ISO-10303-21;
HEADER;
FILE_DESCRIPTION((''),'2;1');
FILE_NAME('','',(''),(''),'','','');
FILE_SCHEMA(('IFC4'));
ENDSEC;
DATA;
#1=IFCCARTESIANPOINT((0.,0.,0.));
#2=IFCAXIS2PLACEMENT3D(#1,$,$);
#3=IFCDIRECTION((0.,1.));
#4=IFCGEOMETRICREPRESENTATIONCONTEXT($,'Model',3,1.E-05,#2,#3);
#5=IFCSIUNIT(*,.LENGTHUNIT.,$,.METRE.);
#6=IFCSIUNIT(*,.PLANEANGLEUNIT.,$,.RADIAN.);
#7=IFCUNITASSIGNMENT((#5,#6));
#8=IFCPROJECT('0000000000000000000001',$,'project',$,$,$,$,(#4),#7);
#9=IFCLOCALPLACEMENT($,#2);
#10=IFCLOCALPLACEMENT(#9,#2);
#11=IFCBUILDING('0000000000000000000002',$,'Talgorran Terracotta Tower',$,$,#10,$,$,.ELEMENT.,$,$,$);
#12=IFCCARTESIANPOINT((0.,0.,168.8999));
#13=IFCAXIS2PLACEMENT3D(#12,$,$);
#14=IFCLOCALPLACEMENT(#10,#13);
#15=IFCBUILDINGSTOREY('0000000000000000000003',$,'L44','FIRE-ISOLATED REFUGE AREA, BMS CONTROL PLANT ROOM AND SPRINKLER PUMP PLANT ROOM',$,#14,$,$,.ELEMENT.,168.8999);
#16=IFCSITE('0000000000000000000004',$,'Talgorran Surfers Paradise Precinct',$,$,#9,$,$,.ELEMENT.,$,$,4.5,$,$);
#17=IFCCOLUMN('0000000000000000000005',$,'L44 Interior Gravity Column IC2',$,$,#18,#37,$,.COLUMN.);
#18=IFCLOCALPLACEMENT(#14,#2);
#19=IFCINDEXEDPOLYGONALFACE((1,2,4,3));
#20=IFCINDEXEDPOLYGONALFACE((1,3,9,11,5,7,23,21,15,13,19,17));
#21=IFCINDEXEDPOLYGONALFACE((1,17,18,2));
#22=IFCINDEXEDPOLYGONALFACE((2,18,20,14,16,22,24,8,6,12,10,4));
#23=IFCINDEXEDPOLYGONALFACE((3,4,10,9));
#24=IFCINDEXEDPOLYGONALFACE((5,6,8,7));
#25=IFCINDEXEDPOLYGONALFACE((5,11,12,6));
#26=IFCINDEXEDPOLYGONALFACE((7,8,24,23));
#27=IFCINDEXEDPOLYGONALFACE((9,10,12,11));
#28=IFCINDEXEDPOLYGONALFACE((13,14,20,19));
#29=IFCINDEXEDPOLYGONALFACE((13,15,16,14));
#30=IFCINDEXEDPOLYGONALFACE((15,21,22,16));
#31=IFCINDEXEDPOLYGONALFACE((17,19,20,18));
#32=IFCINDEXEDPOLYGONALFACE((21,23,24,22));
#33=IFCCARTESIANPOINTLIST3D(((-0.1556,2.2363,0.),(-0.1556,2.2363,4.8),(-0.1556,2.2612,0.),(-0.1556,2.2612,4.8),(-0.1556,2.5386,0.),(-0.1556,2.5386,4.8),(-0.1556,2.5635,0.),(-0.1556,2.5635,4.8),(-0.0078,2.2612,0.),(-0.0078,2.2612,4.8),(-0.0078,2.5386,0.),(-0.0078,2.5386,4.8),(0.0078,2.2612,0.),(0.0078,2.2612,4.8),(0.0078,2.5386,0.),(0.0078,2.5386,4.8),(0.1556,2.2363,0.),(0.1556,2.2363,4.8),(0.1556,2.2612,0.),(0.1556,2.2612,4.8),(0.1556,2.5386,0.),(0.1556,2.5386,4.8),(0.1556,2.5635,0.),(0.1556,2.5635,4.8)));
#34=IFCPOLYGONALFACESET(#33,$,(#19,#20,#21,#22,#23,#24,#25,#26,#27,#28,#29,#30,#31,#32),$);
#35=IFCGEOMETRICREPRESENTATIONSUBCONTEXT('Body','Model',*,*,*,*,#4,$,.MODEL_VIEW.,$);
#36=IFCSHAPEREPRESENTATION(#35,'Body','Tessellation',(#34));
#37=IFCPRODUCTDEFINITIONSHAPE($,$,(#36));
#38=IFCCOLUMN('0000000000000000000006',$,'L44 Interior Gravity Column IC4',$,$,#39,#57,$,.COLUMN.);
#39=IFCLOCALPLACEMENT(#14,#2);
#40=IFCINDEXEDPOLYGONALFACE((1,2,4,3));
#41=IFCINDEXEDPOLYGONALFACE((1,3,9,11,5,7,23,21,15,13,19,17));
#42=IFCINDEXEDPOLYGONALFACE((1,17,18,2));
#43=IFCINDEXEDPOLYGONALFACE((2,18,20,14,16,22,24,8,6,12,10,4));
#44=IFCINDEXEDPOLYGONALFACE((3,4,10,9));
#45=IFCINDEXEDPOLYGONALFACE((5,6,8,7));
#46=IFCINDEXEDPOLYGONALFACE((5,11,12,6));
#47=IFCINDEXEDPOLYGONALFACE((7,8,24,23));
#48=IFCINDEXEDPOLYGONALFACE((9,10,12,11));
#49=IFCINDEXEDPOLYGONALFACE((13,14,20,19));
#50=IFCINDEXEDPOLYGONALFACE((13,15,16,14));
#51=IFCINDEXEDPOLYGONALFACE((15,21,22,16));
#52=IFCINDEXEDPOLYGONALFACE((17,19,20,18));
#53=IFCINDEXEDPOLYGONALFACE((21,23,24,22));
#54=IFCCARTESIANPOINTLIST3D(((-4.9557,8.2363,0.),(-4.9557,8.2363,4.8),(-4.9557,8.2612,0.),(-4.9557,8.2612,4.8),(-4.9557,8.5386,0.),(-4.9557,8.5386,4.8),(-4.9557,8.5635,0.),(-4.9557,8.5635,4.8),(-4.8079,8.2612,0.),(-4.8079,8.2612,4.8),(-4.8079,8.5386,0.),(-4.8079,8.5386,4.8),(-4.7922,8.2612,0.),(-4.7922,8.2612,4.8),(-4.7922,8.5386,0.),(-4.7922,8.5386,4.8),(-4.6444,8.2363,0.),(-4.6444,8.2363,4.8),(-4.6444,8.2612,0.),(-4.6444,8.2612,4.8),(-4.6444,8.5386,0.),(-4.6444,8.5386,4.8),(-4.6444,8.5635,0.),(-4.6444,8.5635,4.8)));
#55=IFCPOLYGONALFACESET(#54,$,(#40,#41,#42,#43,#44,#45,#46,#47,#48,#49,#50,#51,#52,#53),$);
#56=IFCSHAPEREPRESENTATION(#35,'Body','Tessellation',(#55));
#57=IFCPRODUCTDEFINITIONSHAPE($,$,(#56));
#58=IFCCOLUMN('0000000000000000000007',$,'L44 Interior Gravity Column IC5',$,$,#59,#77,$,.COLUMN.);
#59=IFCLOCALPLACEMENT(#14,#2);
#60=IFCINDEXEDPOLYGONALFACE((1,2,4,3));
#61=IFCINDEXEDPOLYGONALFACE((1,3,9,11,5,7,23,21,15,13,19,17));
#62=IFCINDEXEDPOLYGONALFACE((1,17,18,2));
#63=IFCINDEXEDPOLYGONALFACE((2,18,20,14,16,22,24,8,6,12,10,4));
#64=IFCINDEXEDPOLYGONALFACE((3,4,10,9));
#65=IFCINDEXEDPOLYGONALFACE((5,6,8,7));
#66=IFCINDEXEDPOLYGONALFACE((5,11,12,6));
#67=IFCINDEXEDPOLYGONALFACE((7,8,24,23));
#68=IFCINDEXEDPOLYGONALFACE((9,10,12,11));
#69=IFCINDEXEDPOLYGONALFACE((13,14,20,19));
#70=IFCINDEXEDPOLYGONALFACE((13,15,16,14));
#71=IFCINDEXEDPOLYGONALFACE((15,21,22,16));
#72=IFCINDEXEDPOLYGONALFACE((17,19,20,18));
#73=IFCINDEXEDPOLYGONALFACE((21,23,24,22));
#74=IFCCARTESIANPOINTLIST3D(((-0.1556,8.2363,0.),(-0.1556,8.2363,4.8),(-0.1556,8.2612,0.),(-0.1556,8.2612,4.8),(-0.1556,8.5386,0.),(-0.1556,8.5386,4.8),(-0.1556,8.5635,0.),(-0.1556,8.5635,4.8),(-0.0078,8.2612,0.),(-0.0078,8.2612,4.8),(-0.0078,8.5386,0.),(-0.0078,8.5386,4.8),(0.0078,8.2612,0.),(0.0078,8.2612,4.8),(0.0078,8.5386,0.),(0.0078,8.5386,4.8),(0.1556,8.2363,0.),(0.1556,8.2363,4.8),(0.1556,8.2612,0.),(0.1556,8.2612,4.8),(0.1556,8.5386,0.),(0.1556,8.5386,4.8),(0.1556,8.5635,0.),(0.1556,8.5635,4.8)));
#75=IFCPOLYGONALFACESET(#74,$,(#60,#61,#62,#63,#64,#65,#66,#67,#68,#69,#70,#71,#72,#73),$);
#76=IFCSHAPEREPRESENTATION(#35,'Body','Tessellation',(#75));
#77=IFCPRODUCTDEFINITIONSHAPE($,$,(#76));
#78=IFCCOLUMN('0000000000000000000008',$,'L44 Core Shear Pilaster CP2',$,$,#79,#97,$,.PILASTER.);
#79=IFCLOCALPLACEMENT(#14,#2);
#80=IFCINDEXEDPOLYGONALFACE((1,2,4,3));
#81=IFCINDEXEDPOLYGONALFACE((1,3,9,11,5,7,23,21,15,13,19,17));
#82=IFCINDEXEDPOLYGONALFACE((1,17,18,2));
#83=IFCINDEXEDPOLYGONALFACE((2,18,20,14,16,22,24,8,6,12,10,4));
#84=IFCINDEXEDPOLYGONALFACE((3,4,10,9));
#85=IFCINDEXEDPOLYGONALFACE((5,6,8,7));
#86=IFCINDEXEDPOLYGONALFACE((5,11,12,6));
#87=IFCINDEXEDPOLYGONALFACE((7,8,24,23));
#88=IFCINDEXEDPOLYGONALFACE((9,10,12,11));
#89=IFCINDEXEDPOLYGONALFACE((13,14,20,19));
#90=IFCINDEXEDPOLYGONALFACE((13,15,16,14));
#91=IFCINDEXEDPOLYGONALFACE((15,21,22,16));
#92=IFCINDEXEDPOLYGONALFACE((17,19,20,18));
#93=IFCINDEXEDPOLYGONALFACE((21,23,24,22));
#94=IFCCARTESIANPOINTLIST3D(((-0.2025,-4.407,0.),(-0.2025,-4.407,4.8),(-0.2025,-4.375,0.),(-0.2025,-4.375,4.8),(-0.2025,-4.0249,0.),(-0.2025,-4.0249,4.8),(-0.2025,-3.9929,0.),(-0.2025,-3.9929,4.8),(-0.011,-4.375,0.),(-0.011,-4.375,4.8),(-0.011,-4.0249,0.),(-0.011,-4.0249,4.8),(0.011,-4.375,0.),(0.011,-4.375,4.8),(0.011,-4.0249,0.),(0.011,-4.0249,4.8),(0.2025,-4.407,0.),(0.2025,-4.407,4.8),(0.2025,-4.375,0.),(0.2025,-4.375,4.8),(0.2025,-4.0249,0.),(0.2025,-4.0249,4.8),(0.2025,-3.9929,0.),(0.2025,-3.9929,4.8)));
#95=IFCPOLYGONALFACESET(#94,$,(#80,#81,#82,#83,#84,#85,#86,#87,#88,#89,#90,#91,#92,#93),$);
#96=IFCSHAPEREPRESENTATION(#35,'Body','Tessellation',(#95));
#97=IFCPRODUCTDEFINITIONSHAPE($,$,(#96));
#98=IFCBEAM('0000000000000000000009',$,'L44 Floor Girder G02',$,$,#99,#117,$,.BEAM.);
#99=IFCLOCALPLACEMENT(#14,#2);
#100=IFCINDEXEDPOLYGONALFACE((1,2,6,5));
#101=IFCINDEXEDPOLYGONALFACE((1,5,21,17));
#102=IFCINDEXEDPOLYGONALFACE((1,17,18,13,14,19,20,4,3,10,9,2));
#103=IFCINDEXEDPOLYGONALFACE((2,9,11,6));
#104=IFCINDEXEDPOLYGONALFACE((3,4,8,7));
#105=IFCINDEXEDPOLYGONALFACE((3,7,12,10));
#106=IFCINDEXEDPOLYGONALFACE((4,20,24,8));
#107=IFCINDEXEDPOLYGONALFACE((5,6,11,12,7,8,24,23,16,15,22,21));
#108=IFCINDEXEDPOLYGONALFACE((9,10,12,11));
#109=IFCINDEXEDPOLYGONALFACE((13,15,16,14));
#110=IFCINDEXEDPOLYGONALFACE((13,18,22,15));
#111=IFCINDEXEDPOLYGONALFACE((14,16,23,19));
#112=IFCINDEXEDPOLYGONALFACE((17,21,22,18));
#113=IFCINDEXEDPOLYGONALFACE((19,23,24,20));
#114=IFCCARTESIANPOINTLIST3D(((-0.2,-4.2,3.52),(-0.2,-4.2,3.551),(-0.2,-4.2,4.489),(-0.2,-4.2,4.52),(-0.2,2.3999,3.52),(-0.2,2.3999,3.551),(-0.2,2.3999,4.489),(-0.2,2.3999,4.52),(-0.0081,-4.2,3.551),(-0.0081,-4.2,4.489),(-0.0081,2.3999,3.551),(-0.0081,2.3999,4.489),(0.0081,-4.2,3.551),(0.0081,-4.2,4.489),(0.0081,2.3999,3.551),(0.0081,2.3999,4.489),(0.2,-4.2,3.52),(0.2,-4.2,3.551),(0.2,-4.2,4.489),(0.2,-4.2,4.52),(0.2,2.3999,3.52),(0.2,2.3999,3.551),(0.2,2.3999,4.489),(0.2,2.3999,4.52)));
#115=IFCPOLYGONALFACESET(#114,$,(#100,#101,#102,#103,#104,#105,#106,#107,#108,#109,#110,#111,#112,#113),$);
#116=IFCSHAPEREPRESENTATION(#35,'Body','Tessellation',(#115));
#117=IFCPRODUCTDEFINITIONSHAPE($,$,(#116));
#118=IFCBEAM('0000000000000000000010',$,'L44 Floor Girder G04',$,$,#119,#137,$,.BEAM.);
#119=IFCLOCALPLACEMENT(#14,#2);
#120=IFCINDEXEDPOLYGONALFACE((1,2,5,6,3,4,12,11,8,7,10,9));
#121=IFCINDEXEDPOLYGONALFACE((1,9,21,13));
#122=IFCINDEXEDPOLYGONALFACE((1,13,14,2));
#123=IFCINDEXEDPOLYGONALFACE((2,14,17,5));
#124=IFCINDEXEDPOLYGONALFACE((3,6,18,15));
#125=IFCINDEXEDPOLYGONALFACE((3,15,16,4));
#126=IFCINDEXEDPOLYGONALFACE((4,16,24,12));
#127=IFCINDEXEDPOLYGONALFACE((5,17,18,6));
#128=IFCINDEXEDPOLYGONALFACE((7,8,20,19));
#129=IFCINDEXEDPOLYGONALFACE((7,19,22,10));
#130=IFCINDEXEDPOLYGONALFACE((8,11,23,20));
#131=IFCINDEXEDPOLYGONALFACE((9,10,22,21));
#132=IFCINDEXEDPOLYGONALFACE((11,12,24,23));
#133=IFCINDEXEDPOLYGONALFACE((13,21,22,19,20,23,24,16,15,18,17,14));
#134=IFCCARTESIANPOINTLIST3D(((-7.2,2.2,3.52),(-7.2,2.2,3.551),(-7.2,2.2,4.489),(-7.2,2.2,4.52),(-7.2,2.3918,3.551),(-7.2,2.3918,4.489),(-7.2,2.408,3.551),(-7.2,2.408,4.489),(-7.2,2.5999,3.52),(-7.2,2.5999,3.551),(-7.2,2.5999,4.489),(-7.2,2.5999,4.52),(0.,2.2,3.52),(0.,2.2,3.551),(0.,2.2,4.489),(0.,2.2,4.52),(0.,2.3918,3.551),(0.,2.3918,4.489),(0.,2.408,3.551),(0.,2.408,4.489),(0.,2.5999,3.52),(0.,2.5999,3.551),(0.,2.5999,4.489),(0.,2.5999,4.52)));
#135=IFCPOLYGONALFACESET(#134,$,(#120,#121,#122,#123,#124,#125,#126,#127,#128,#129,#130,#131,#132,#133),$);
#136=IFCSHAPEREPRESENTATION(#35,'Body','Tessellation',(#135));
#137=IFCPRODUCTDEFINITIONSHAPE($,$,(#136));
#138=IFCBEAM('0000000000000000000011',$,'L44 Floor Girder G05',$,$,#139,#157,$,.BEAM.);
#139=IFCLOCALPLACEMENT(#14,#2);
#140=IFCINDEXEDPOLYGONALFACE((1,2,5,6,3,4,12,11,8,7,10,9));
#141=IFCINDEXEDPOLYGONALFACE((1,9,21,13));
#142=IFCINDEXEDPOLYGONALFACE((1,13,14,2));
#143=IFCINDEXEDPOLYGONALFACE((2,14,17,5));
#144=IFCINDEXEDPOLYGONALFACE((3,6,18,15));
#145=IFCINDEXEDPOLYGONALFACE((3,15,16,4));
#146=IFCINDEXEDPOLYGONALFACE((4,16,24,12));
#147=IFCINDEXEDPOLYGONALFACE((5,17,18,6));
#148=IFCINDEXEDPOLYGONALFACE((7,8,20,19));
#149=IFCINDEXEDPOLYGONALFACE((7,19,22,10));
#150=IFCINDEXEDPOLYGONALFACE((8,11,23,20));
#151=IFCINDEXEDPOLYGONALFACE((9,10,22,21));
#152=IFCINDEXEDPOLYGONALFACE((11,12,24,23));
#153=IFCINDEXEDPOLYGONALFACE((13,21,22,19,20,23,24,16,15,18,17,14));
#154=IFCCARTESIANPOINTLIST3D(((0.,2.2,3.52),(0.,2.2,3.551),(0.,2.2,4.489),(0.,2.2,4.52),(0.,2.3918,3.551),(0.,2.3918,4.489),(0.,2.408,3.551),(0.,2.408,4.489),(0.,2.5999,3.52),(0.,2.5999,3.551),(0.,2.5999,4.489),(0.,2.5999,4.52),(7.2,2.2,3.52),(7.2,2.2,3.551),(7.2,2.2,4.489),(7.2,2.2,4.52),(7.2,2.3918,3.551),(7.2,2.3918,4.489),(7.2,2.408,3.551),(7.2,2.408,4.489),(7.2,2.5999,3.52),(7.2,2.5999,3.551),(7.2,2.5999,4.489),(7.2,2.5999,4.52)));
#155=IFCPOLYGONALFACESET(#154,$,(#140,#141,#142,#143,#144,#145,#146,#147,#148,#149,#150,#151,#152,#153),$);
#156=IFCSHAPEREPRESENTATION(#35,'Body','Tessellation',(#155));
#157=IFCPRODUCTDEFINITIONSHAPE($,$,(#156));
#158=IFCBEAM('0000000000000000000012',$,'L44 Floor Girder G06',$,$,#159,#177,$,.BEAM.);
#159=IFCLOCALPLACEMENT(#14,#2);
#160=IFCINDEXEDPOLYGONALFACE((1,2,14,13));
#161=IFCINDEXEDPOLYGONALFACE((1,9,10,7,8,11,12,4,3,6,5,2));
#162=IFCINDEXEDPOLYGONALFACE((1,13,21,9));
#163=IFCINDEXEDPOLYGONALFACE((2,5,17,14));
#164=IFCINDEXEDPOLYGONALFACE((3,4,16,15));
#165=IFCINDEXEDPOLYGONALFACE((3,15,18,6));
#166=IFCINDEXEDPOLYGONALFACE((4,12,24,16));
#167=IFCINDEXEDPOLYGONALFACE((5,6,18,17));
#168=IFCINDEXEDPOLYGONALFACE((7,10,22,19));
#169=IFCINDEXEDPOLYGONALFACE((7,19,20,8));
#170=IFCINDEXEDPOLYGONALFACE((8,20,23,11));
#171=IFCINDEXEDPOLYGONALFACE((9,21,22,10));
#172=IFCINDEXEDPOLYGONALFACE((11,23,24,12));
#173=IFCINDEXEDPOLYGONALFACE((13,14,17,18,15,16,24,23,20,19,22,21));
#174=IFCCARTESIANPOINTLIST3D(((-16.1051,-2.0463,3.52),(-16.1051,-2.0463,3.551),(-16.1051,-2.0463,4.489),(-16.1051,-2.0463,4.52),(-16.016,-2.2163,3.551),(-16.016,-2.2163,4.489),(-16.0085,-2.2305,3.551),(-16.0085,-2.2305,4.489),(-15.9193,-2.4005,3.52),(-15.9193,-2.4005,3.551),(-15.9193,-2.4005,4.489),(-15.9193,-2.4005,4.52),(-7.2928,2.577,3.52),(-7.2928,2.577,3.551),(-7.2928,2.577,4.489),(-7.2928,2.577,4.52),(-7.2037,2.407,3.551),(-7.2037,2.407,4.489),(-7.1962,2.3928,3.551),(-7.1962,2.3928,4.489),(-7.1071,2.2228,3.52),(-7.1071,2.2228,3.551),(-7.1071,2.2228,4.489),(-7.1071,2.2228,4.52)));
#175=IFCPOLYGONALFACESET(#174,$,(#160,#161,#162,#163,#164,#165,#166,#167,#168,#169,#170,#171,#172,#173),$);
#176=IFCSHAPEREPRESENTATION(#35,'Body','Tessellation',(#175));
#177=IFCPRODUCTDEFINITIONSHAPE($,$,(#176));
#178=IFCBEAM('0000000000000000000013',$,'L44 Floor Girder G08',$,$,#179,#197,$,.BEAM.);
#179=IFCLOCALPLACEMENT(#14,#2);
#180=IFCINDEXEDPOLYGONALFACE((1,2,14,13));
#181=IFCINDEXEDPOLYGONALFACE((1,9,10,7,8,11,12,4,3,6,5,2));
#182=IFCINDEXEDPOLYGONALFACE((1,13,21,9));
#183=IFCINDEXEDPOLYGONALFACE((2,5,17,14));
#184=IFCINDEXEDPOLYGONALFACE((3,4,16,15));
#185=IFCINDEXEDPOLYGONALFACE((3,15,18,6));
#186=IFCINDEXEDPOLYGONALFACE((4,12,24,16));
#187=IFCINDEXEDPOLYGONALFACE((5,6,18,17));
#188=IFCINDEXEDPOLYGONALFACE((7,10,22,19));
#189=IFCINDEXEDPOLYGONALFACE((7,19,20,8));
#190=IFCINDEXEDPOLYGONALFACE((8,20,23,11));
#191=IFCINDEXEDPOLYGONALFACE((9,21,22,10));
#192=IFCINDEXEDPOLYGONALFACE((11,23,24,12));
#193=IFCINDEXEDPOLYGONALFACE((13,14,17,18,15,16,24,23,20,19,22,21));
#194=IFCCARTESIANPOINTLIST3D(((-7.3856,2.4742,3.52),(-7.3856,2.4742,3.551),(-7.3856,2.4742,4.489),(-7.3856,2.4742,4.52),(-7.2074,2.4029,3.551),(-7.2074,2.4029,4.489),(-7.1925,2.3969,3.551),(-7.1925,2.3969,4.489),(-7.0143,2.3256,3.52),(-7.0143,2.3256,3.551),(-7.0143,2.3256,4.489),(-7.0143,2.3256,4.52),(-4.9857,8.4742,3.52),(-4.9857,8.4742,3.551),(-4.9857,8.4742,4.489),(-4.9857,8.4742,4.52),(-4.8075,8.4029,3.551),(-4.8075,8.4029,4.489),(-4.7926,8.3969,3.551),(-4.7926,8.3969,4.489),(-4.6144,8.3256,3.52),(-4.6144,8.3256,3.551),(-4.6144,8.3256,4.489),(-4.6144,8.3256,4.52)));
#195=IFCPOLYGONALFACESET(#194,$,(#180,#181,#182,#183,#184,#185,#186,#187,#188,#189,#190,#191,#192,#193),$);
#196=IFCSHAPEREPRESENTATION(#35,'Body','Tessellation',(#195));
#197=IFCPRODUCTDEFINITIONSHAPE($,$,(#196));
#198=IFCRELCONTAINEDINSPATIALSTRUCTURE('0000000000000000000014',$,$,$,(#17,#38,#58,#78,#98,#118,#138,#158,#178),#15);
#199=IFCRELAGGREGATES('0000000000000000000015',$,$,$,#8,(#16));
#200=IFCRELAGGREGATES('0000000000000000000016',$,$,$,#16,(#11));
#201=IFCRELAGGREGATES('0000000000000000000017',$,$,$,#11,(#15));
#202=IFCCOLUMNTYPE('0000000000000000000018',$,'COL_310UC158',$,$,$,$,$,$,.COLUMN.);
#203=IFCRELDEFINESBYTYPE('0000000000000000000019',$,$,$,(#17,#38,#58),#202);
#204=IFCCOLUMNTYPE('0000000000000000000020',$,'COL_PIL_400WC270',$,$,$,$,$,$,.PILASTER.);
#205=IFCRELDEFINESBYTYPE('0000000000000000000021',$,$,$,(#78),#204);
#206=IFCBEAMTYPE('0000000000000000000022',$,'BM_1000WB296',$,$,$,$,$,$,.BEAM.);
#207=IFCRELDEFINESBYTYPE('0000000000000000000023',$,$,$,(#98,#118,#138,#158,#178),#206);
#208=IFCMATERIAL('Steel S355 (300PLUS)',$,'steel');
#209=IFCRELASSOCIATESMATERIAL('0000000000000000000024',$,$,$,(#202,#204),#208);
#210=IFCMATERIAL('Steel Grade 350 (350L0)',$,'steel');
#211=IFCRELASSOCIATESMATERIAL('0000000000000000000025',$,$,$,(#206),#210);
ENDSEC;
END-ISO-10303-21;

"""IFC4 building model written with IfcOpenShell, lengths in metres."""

from ifc_helpers import new_model, si_unit, direction, frame, origin, origin_2d, place, context, subcontext, project, spatial, i_section, extrude, material, material_profile, profile_set, type_object, element, save


model = new_model("IFC4")

# Units and contexts
model_context = context("Model", 3, precision=1e-05, world=origin(), true_north=direction((0.0, 1.0)))
body_context = subcontext(model_context, "Body", "Model", "MODEL_VIEW")
ifc_project = project(units=[si_unit("LENGTHUNIT", "METRE"), si_unit("PLANEANGLEUNIT", "RADIAN")], contexts=[model_context])

# Site, building, storey
site_placement = place(None, origin())
site = spatial("IfcSite", under=ifc_project, at=site_placement, Name="Talgorran Surfers Paradise Precinct", CompositionType="ELEMENT", RefElevation=4.5)
building_placement = place(site_placement, origin())
building = spatial("IfcBuilding", under=site, at=building_placement, Name="Talgorran Terracotta Tower", CompositionType="ELEMENT")
storey_placement = place(building_placement, frame((0.0, 0.0, 168.8999)))
storey = spatial("IfcBuildingStorey", under=building, at=storey_placement, Name="L44", Description="FIRE-ISOLATED REFUGE AREA, BMS CONTROL PLANT ROOM AND SPRINKLER PUMP PLANT ROOM", CompositionType="ELEMENT", Elevation=168.8999)

# Columns
ifc_material_1 = material(Name="Steel S355 (300PLUS)", Category="steel")
ifc_material_profile_1 = material_profile(ifc_material_1, i_section(OverallWidth=0.3113, OverallDepth=0.3271, WebThickness=0.0156, FlangeThickness=0.0249, at=origin_2d()), Name="310UC158")
ifc_profile_set_1 = profile_set([ifc_material_profile_1], Name="Steel S355 (300PLUS)")
column_type_1 = type_object("IfcColumnType", Name="COL_310UC158", PredefinedType="COLUMN", material=ifc_profile_set_1)
for number, where, z_axis, x_axis, name in (
    (1, (0.0, 2.3999, 0.0), (0.0, 0.0, 1.0), (1.0, 0.0, 0.0), "L44 Interior Gravity Column IC2"),
    (2, (-4.8, 8.3999, 0.0), (0.0, 0.0, 1.0), (1.0, 0.0, 0.0), "L44 Interior Gravity Column IC4"),
    (3, (0.0, 8.3999, 0.0), (0.0, 0.0, 1.0), (1.0, 0.0, 0.0), "L44 Interior Gravity Column IC5"),
):
    element("IfcColumn", number, at=place(storey_placement, frame(where, z_axis=z_axis, x_axis=x_axis)), inside=storey, type_object=column_type_1, Name=name, PredefinedType="COLUMN", context=body_context, shape_type="SweptSolid", body=[
        extrude(i_section(OverallWidth=0.3113, OverallDepth=0.3271, WebThickness=0.0156, FlangeThickness=0.0249, at=origin_2d()), origin(), (0.0, 0.0, 1.0), 4.8),
    ])
ifc_material_profile_2 = material_profile(ifc_material_1, i_section(OverallWidth=0.405, OverallDepth=0.4141, WebThickness=0.022, FlangeThickness=0.032, at=origin_2d()), Name="400WC270")
ifc_profile_set_2 = profile_set([ifc_material_profile_2], Name="Steel S355 (300PLUS)")
column_type_2 = type_object("IfcColumnType", Name="COL_PIL_400WC270", PredefinedType="PILASTER", material=ifc_profile_set_2)
column_placement = place(storey_placement, frame((0.0, -4.2, 0.0), z_axis=(0.0, 0.0, 1.0), x_axis=(1.0, 0.0, 0.0)))
element("IfcColumn", 4, at=column_placement, inside=storey, type_object=column_type_2, Name="L44 Core Shear Pilaster CP2", PredefinedType="PILASTER", context=body_context, shape_type="SweptSolid", body=[
    extrude(i_section(OverallWidth=0.405, OverallDepth=0.4141, WebThickness=0.022, FlangeThickness=0.032, at=origin_2d()), origin(), (0.0, 0.0, 1.0), 4.8),
])

# Beams
ifc_material_2 = material(Name="Steel Grade 350 (350L0)", Category="steel")
ifc_material_profile_3 = material_profile(ifc_material_2, i_section(OverallWidth=0.3999, OverallDepth=1.0, WebThickness=0.0161, FlangeThickness=0.031, at=origin_2d()), Name="1000WB296")
ifc_profile_set_3 = profile_set([ifc_material_profile_3], Name="Steel Grade 350 (350L0)")
beam_type_1 = type_object("IfcBeamType", Name="BM_1000WB296", PredefinedType="BEAM", material=ifc_profile_set_3)
beam_1_placement = place(storey_placement, frame((0.0, -4.2, 4.02), z_axis=(0.0, 1.0, 0.0), x_axis=(-1.0, 0.0, 0.0)))
element("IfcBeam", 5, at=beam_1_placement, inside=storey, type_object=beam_type_1, Name="L44 Floor Girder G02", PredefinedType="BEAM", context=body_context, shape_type="SweptSolid", body=[
    extrude(i_section(OverallWidth=0.3999, OverallDepth=1.0, WebThickness=0.0161, FlangeThickness=0.031, at=origin_2d()), origin(), (0.0, 0.0, 1.0), 6.5999),
])
for number, where, z_axis, x_axis, name in (
    (6, (-7.2, 2.3999, 4.02), (1.0, 0.0, 0.0), (0.0, 1.0, 0.0), "L44 Floor Girder G04"),
    (7, (0.0, 2.3999, 4.02), (1.0, 0.0, 0.0), (0.0, 1.0, 0.0), "L44 Floor Girder G05"),
):
    element("IfcBeam", number, at=place(storey_placement, frame(where, z_axis=z_axis, x_axis=x_axis)), inside=storey, type_object=beam_type_1, Name=name, PredefinedType="BEAM", context=body_context, shape_type="SweptSolid", body=[
        extrude(i_section(OverallWidth=0.3999, OverallDepth=1.0, WebThickness=0.0161, FlangeThickness=0.031, at=origin_2d()), origin(), (0.0, 0.0, 1.0), 7.2),
    ])
beam_2_placement = place(storey_placement, frame((-7.2, 2.3999, 4.02), z_axis=(-0.885528, -0.464586, 0.0), x_axis=(0.464586, -0.885528, 0.0)))
element("IfcBeam", 8, at=beam_2_placement, inside=storey, type_object=beam_type_1, Name="L44 Floor Girder G06", PredefinedType="BEAM", context=body_context, shape_type="SweptSolid", body=[
    extrude(i_section(OverallWidth=0.3999, OverallDepth=1.0, WebThickness=0.0161, FlangeThickness=0.031, at=origin_2d()), origin(), (0.0, 0.0, 1.0), 9.9514),
])
beam_3_placement = place(storey_placement, frame((-7.2, 2.3999, 4.02), z_axis=(0.371378, 0.928482, 0.0), x_axis=(-0.928482, 0.371378, 0.0)))
element("IfcBeam", 9, at=beam_3_placement, inside=storey, type_object=beam_type_1, Name="L44 Floor Girder G08", PredefinedType="BEAM", context=body_context, shape_type="SweptSolid", body=[
    extrude(i_section(OverallWidth=0.3999, OverallDepth=1.0, WebThickness=0.0161, FlangeThickness=0.031, at=origin_2d()), origin(), (0.0, 0.0, 1.0), 6.4622),
])

save(model, "model.ifc")
